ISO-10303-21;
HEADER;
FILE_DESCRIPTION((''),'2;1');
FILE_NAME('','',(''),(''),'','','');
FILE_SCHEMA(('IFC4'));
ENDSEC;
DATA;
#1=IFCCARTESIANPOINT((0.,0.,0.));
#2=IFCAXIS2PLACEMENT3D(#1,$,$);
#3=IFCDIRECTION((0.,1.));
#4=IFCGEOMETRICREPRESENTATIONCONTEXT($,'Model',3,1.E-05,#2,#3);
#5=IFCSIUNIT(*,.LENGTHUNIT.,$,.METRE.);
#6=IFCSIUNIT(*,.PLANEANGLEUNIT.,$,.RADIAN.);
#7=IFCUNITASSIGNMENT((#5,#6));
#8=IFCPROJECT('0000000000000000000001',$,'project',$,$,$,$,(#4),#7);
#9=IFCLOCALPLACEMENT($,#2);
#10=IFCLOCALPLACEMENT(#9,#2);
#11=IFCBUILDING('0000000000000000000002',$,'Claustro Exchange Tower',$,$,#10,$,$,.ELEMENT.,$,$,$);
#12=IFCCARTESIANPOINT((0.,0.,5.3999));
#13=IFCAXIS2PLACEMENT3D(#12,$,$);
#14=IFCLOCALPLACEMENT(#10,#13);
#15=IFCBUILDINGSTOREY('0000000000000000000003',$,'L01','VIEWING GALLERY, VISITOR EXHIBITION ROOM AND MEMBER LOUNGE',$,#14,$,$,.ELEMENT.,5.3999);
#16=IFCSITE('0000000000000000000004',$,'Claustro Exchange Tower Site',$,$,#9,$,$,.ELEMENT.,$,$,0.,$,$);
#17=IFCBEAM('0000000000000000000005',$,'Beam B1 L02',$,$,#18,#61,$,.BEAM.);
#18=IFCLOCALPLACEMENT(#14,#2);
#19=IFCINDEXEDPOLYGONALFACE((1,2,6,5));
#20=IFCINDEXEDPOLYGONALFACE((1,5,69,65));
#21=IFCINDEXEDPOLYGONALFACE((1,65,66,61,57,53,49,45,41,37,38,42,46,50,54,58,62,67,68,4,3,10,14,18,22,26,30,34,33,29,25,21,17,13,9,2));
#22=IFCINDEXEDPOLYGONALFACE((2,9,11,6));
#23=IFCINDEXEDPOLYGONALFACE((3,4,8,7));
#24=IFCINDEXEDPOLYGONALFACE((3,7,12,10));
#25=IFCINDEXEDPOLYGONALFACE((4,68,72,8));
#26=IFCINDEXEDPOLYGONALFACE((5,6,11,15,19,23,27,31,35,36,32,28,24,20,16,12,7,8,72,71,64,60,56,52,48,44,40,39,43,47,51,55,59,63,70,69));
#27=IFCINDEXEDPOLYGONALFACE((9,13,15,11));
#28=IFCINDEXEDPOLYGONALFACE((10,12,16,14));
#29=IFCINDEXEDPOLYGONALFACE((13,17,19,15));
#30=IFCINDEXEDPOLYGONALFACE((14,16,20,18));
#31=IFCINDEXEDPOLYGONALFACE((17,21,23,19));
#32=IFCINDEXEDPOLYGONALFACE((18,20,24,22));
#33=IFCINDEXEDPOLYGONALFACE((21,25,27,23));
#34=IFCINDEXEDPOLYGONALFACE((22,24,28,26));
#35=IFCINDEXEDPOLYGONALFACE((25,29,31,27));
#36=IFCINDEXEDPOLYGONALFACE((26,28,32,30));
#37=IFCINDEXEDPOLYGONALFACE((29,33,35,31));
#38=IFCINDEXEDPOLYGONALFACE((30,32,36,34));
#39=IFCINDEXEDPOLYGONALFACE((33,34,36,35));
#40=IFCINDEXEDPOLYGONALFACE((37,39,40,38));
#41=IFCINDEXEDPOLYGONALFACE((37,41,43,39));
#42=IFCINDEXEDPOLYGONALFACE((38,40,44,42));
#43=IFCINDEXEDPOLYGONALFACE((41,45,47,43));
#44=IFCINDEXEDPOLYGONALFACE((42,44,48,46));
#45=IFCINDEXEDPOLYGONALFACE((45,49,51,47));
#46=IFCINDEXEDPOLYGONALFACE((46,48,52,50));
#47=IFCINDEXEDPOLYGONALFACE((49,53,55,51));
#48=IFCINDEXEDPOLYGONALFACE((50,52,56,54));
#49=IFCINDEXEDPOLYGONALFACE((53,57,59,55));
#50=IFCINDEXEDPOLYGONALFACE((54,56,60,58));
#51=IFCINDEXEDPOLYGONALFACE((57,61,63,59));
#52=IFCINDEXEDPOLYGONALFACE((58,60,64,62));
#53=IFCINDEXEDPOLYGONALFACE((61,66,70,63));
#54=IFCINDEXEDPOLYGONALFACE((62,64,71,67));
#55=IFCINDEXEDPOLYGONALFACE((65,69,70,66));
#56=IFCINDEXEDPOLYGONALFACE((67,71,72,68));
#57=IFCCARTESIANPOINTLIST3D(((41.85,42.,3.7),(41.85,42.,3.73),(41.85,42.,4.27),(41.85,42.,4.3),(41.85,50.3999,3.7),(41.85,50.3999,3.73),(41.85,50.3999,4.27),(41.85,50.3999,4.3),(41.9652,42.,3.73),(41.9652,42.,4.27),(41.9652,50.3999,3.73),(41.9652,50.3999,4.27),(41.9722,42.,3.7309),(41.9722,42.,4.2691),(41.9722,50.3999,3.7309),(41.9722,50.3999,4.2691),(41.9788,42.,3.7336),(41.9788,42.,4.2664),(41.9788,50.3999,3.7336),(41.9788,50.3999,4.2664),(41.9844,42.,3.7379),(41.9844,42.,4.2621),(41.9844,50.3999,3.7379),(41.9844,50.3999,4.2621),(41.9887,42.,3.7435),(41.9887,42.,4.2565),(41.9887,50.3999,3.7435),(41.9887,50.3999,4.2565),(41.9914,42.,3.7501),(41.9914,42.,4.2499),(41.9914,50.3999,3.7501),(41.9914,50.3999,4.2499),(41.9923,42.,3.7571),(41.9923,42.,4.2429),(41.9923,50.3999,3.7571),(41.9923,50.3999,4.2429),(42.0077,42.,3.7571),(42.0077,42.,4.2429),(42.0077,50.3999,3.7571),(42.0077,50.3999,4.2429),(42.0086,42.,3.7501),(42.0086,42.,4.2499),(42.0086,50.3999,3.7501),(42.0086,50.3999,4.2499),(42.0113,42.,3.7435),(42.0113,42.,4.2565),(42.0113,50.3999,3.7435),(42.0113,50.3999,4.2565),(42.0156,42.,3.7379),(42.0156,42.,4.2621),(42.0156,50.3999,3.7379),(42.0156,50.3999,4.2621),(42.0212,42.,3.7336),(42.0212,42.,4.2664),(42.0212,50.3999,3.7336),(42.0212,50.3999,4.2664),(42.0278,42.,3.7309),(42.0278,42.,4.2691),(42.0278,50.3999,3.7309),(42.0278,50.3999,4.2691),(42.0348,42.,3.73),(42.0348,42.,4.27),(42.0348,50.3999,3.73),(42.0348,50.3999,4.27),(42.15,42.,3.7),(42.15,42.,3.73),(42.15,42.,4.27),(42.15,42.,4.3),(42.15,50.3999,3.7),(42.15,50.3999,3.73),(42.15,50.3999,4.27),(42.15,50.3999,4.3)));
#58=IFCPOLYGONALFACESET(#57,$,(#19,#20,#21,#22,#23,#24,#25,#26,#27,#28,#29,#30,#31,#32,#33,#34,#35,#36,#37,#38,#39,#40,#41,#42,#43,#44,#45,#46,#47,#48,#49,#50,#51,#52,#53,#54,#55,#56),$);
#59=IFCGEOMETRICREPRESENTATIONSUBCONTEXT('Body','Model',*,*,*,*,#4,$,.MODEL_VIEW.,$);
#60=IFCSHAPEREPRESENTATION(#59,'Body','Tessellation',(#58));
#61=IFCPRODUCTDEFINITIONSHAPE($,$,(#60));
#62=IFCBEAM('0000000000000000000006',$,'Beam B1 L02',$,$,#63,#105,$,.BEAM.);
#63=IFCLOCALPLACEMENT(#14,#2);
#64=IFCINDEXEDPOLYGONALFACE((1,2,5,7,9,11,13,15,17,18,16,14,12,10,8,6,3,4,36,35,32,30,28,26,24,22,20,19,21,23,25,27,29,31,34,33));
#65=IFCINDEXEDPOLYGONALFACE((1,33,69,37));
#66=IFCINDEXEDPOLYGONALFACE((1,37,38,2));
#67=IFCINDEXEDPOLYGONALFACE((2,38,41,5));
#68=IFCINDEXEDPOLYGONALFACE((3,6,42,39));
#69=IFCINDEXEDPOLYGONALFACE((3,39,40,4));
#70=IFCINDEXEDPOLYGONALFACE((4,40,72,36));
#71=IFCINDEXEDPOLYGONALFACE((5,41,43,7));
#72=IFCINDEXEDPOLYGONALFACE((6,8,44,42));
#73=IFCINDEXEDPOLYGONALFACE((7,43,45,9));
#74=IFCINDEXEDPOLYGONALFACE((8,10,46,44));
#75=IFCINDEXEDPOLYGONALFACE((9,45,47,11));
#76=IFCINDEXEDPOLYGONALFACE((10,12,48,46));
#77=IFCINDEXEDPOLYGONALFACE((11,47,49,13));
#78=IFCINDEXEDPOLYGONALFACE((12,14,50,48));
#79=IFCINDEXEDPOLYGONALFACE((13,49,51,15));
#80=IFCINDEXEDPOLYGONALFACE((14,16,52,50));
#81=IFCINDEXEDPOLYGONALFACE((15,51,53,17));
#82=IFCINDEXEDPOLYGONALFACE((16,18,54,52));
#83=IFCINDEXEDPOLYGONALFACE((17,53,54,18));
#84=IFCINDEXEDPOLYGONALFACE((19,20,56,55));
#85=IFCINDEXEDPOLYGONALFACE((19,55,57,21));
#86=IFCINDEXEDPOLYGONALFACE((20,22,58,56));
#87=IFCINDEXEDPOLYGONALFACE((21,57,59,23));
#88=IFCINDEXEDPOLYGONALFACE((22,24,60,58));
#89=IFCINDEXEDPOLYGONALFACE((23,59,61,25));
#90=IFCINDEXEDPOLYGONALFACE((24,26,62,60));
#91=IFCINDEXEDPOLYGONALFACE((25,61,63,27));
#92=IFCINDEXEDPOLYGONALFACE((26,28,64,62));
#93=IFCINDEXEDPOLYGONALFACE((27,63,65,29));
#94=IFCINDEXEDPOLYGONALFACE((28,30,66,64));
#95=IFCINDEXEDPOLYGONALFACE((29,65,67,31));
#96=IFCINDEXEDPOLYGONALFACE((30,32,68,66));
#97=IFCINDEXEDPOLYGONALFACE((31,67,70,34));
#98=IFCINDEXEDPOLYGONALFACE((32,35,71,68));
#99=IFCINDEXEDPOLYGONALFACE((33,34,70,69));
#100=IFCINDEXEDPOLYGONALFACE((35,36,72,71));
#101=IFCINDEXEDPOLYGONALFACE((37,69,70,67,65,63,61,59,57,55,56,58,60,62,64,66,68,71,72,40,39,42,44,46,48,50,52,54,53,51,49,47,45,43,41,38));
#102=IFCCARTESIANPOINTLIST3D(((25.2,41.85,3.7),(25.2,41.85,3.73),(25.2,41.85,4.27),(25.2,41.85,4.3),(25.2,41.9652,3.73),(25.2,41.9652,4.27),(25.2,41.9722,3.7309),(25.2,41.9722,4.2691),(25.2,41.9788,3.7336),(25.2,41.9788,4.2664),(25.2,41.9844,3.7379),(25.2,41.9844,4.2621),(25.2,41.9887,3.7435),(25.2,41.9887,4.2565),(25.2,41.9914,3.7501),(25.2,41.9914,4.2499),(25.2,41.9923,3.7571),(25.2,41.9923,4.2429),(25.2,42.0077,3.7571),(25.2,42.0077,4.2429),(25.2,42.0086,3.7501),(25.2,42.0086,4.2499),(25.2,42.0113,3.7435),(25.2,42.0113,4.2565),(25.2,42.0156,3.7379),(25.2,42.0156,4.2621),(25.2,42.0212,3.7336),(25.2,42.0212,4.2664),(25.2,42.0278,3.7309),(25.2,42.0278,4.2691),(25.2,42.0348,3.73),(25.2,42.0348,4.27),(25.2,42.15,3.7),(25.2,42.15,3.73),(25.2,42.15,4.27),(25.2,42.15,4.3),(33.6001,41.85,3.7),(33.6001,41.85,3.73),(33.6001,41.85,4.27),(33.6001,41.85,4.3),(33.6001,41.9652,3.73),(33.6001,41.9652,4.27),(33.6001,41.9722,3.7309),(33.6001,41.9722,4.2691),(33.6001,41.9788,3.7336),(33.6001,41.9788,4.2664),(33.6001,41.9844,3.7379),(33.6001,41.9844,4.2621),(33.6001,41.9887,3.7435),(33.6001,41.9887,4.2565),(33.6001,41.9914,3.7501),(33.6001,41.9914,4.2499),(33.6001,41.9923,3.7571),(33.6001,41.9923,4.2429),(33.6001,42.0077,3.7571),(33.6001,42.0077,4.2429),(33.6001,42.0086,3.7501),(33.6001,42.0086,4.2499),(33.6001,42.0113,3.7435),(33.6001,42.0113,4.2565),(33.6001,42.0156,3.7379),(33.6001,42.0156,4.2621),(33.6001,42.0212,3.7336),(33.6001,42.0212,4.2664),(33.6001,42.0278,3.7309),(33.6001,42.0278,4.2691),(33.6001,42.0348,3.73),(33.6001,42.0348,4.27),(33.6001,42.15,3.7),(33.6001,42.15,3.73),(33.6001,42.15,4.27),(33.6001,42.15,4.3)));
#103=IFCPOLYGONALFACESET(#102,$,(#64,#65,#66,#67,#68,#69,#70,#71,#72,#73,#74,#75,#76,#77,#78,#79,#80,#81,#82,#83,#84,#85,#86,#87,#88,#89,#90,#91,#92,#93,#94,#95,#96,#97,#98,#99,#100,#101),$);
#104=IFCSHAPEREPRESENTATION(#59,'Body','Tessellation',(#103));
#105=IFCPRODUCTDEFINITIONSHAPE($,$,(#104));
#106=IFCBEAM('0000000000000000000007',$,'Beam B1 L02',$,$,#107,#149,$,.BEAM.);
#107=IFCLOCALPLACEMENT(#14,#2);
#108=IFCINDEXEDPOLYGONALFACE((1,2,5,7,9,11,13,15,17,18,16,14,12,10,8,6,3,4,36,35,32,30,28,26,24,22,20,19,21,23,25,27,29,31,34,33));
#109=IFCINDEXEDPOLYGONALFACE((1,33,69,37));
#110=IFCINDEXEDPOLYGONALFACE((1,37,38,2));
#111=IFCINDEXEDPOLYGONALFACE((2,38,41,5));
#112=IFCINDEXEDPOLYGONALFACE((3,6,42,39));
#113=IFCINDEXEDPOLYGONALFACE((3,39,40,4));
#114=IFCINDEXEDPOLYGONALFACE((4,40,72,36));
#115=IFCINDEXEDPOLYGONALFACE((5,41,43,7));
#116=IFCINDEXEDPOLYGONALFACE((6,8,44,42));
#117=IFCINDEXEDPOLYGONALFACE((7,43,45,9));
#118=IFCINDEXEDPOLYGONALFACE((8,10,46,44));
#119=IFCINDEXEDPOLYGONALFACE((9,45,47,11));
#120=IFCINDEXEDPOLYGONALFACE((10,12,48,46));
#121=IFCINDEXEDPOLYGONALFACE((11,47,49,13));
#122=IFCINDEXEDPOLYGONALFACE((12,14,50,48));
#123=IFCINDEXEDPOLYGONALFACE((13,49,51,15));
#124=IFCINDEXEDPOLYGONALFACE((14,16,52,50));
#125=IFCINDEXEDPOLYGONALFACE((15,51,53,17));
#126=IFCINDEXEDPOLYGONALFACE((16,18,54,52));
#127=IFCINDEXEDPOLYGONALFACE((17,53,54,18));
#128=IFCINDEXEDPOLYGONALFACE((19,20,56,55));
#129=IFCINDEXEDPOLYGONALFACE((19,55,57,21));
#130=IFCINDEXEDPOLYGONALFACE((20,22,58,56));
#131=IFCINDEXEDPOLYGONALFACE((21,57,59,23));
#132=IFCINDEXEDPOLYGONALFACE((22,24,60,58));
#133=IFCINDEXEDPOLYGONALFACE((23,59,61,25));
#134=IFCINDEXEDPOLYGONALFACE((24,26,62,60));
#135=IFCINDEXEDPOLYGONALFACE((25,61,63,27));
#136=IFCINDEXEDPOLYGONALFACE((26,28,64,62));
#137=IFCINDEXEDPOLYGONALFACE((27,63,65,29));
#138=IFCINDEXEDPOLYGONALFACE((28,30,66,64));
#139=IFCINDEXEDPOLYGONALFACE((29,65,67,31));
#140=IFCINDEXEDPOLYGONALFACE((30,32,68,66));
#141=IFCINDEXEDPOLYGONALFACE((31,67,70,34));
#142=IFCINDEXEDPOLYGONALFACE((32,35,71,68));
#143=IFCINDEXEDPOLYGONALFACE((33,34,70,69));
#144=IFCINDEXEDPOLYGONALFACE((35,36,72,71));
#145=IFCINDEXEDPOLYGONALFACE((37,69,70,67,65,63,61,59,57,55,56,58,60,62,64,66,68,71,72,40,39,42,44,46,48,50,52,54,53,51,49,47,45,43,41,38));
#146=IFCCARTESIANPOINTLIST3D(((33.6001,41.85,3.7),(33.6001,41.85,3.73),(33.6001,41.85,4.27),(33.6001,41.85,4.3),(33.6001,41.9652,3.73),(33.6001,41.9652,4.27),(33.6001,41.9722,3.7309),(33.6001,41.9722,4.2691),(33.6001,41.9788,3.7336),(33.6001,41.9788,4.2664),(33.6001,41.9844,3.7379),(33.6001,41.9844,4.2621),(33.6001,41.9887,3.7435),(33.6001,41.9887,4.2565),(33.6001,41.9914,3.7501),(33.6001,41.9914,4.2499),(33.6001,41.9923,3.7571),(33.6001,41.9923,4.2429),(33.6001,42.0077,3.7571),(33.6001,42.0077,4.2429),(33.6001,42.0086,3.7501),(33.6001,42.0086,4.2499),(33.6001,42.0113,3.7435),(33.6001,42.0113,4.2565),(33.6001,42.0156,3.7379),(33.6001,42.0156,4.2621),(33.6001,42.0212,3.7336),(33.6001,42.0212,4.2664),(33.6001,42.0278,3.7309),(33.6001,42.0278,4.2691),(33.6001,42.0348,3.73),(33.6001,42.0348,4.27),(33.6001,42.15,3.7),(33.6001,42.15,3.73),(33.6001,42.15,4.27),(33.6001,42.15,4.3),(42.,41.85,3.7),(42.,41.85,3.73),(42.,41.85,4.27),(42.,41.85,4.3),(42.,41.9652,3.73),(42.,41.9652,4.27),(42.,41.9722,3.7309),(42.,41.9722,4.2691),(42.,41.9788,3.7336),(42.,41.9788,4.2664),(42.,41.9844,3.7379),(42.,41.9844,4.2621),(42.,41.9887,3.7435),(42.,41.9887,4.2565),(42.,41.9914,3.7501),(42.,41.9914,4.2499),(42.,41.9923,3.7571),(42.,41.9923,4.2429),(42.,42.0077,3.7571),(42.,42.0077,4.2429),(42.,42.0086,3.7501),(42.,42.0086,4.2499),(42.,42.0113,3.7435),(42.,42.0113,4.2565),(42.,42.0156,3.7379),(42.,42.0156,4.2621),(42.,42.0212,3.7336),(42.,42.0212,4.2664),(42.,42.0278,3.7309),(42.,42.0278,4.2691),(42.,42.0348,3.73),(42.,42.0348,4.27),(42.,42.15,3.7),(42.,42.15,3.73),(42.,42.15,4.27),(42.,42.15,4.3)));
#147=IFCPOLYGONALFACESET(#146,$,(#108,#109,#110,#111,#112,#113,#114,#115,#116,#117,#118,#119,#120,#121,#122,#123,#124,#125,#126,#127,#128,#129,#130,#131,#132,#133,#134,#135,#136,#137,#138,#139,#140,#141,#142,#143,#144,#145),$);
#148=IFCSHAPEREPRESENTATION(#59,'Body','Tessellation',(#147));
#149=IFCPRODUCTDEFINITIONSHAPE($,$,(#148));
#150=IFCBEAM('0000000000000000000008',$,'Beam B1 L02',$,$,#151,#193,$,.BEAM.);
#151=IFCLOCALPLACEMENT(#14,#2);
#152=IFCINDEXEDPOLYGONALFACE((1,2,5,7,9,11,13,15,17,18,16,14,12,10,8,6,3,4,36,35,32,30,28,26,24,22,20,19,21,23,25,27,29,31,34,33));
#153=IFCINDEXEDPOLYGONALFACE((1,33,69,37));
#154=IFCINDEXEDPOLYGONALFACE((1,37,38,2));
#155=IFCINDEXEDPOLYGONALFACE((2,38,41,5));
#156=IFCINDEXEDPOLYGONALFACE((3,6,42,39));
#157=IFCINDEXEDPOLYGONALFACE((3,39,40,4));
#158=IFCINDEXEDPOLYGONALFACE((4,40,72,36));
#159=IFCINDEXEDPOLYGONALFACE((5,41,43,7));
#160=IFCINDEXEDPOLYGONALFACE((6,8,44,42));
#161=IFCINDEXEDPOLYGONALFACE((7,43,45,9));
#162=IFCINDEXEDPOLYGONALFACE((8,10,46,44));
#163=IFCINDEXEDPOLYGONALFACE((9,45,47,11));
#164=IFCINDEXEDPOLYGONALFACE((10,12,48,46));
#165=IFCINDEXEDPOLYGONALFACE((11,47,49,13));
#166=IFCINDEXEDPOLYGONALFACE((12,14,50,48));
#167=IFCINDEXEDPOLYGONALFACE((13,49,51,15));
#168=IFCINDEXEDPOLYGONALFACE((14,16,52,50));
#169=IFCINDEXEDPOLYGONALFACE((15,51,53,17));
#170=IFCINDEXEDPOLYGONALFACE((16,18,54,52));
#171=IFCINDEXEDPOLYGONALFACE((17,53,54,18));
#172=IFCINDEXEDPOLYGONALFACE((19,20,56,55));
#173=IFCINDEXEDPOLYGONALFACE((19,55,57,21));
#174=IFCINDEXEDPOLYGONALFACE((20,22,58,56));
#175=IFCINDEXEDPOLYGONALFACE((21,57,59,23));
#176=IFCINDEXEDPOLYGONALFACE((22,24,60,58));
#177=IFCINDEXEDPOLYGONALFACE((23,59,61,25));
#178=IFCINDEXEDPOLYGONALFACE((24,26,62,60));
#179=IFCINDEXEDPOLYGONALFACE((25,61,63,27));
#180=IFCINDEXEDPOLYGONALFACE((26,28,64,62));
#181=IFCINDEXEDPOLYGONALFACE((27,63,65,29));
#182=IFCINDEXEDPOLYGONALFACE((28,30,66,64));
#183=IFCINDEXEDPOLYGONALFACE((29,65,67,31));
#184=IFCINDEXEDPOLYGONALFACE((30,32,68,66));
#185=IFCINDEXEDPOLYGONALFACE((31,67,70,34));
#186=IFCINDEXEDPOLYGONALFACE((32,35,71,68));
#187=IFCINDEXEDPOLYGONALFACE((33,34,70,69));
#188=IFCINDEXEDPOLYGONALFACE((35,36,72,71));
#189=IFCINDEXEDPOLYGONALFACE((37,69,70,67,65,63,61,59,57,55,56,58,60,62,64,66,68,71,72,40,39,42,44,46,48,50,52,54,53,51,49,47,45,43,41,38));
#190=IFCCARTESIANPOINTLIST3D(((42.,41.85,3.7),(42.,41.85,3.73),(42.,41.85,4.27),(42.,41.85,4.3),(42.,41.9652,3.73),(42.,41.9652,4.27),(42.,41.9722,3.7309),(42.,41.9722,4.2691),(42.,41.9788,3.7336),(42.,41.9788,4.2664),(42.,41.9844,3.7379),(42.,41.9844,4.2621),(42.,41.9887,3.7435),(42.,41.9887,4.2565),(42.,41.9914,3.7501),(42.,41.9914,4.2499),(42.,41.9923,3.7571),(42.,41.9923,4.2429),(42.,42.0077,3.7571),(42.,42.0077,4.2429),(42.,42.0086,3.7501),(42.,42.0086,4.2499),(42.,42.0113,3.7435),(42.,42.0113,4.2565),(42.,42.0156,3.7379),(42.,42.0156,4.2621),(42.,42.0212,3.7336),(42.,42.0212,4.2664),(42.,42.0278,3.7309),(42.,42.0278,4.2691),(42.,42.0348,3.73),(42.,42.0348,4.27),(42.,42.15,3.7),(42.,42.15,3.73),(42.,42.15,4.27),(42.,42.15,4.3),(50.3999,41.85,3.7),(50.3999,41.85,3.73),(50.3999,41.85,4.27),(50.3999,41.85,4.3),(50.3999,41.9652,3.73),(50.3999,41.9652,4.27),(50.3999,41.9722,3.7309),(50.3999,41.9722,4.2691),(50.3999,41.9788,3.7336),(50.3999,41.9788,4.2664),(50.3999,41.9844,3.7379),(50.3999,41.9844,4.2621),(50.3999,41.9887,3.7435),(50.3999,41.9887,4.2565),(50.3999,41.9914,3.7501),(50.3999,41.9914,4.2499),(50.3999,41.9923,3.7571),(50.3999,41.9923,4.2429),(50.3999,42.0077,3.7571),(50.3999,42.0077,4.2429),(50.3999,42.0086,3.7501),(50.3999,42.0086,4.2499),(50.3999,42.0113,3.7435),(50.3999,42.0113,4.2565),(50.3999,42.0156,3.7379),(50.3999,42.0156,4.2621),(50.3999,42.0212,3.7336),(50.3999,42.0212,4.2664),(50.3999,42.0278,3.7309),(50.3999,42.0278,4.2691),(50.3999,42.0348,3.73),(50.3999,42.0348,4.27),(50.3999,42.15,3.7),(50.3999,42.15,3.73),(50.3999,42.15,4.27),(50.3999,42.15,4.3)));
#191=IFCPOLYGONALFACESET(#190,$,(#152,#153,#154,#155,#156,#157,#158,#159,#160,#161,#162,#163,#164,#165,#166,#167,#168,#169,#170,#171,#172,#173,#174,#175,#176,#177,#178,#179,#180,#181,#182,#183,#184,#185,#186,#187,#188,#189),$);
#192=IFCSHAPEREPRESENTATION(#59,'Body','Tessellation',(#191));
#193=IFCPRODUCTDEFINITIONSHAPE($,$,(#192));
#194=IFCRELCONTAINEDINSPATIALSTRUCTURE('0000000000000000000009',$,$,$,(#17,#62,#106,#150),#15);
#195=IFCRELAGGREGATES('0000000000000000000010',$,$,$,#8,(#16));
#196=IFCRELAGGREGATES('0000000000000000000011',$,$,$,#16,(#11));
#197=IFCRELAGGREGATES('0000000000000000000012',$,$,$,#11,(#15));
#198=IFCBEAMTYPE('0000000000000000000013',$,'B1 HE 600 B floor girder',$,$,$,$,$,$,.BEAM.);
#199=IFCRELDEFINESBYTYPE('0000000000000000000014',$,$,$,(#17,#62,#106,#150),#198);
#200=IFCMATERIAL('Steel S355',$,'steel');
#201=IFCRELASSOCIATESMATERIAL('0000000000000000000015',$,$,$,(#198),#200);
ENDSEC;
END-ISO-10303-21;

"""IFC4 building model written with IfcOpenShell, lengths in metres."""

from ifc_helpers import new_model, si_unit, direction, frame, origin, origin_2d, place, context, subcontext, project, spatial, i_section, extrude, material, material_profile, profile_set, type_object, element, save


model = new_model("IFC4")

# Units and contexts
model_context = context("Model", 3, precision=1e-05, world=origin(), true_north=direction((0.0, 1.0)))
body_context = subcontext(model_context, "Body", "Model", "MODEL_VIEW")
ifc_project = project(units=[si_unit("LENGTHUNIT", "METRE"), si_unit("PLANEANGLEUNIT", "RADIAN")], contexts=[model_context])

# Site, building, storey
site_placement = place(None, origin())
site = spatial("IfcSite", under=ifc_project, at=site_placement, Name="Claustro Exchange Tower Site", CompositionType="ELEMENT", RefElevation=0.0)
building_placement = place(site_placement, origin())
building = spatial("IfcBuilding", under=site, at=building_placement, Name="Claustro Exchange Tower", CompositionType="ELEMENT")
storey_placement = place(building_placement, frame((0.0, 0.0, 5.3999)))
storey = spatial("IfcBuildingStorey", under=building, at=storey_placement, Name="L01", Description="VIEWING GALLERY, VISITOR EXHIBITION ROOM AND MEMBER LOUNGE", CompositionType="ELEMENT", Elevation=5.3999)

# Beams
ifc_material_1 = material(Name="Steel S355", Category="steel")
ifc_material_profile_1 = material_profile(ifc_material_1, i_section(OverallWidth=0.3, OverallDepth=0.6001, WebThickness=0.0154, FlangeThickness=0.03, FilletRadius=0.0271, at=origin_2d()), Name="HE 600 B")
ifc_profile_set_1 = profile_set([ifc_material_profile_1], Name="Steel S355")
beam_type_1 = type_object("IfcBeamType", Name="B1 HE 600 B floor girder", PredefinedType="BEAM", material=ifc_profile_set_1)
for number, where, z_axis, x_axis, name in (
    (1, (42.0, 42.0, 4.0), (0.0, 1.0, 0.0), (-1.0, 0.0, 0.0), "Beam B1 L02"),
):
    element("IfcBeam", number, at=place(storey_placement, frame(where, z_axis=z_axis, x_axis=x_axis)), inside=storey, type_object=beam_type_1, Name=name, PredefinedType="BEAM", context=body_context, shape_type="SweptSolid", body=[
        extrude(i_section(OverallWidth=0.3, OverallDepth=0.6001, WebThickness=0.0154, FlangeThickness=0.03, FilletRadius=0.0271, at=origin_2d()), origin(), (0.0, 0.0, 1.0), 8.3999),
    ])
beam_1_placement = place(storey_placement, frame((25.2, 42.0, 4.0), z_axis=(1.0, 0.0, 0.0), x_axis=(0.0, 1.0, 0.0)))
element("IfcBeam", 2, at=beam_1_placement, inside=storey, type_object=beam_type_1, Name="Beam B1 L02", PredefinedType="BEAM", context=body_context, shape_type="SweptSolid", body=[
    extrude(i_section(OverallWidth=0.3, OverallDepth=0.6001, WebThickness=0.0154, FlangeThickness=0.03, FilletRadius=0.0271, at=origin_2d()), origin(), (0.0, 0.0, 1.0), 8.4001),
])
for number, where, z_axis, x_axis, name in (
    (3, (33.6001, 42.0, 4.0), (1.0, 0.0, 0.0), (0.0, 1.0, 0.0), "Beam B1 L02"),
    (4, (42.0, 42.0, 4.0), (1.0, 0.0, 0.0), (0.0, 1.0, 0.0), "Beam B1 L02"),
):
    element("IfcBeam", number, at=place(storey_placement, frame(where, z_axis=z_axis, x_axis=x_axis)), inside=storey, type_object=beam_type_1, Name=name, PredefinedType="BEAM", context=body_context, shape_type="SweptSolid", body=[
        extrude(i_section(OverallWidth=0.3, OverallDepth=0.6001, WebThickness=0.0154, FlangeThickness=0.03, FilletRadius=0.0271, at=origin_2d()), origin(), (0.0, 0.0, 1.0), 8.3999),
    ])

save(model, "model.ifc")
